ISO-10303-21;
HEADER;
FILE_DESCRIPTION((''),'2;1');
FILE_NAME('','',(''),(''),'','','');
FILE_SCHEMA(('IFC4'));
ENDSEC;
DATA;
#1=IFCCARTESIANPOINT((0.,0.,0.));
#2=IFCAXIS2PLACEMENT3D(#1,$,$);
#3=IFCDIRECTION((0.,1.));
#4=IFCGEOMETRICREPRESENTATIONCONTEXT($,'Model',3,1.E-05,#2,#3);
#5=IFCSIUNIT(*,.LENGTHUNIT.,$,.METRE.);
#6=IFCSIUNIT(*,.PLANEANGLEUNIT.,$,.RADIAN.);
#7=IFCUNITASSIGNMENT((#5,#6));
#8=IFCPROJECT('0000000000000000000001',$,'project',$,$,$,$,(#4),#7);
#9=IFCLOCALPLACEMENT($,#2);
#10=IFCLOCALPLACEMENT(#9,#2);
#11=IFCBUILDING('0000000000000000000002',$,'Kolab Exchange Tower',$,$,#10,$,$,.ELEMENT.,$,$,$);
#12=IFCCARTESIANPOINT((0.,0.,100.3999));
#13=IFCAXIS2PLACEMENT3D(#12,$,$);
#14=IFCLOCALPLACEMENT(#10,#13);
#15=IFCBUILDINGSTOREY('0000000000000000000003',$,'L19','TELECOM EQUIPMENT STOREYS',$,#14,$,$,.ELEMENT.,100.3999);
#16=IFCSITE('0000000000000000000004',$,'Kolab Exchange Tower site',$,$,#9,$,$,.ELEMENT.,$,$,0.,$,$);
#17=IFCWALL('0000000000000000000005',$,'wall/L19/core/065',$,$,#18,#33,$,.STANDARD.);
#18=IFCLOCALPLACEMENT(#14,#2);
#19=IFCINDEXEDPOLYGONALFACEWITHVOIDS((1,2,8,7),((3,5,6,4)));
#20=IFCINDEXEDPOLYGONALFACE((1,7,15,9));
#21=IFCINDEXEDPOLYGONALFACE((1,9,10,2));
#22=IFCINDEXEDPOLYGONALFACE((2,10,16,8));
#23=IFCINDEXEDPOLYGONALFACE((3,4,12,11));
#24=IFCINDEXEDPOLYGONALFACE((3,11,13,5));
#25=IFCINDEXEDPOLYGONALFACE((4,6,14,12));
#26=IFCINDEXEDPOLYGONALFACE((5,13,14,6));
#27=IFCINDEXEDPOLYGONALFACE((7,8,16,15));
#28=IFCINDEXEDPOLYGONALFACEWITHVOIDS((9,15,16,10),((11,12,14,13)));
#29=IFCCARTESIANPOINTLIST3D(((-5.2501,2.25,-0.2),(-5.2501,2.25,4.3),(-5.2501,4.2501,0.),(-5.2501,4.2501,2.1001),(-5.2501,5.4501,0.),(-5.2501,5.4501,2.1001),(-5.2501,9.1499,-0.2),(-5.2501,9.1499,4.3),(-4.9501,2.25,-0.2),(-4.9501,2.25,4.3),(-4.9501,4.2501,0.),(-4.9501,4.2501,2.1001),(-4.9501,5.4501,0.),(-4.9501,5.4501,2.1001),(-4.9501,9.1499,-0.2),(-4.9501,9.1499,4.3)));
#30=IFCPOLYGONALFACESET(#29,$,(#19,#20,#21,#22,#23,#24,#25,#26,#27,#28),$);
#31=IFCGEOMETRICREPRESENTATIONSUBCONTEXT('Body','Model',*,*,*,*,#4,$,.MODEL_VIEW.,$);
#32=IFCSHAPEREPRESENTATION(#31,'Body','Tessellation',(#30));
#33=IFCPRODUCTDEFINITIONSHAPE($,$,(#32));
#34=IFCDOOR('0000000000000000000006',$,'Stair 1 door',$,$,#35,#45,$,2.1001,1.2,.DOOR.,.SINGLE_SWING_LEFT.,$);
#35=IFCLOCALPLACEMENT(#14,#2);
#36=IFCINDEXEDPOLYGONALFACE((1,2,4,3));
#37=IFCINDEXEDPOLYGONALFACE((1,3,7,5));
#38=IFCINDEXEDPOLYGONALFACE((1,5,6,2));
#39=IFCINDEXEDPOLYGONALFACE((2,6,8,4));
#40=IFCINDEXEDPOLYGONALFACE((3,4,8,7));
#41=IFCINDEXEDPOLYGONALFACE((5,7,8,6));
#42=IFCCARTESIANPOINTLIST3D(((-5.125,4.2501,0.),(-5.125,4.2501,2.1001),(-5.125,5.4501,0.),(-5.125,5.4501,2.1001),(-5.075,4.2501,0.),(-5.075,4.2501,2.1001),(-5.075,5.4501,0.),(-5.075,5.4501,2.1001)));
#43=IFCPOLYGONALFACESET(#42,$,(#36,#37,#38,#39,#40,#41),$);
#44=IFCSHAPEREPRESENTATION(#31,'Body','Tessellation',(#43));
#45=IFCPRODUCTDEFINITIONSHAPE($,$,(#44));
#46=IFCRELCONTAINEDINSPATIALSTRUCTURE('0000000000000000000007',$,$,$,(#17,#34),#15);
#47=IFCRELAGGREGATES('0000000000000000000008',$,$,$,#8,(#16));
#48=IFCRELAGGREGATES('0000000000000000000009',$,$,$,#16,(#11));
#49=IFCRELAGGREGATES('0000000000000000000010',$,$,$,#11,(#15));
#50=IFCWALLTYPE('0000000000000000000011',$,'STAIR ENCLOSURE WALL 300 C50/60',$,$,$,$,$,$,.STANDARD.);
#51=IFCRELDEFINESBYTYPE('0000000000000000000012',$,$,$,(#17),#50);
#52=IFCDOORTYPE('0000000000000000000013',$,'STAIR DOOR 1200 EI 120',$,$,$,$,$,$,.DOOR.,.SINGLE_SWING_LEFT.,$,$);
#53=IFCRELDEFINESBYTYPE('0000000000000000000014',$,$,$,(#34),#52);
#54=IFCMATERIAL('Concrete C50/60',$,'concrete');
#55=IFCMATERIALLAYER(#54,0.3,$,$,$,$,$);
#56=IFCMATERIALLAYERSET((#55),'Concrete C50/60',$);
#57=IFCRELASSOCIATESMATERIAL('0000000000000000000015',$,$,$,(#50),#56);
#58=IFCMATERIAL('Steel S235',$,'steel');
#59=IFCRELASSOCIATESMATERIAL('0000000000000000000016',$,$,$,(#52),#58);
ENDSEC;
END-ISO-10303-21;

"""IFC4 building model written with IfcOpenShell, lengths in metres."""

from ifc_helpers import new_model, si_unit, direction, frame, frame_2d, origin, place, context, subcontext, project, spatial, rectangle, extrude, material, layer, layer_set, type_object, element, fill, save


model = new_model("IFC4")

# Units and contexts
model_context = context("Model", 3, precision=1e-05, world=origin(), true_north=direction((0.0, 1.0)))
body_context = subcontext(model_context, "Body", "Model", "MODEL_VIEW")
ifc_project = project(units=[si_unit("LENGTHUNIT", "METRE"), si_unit("PLANEANGLEUNIT", "RADIAN")], contexts=[model_context])

# Site, building, storey
site_placement = place(None, origin())
site = spatial("IfcSite", under=ifc_project, at=site_placement, Name="Kolab Exchange Tower site", CompositionType="ELEMENT", RefElevation=0.0)
building_placement = place(site_placement, origin())
building = spatial("IfcBuilding", under=site, at=building_placement, Name="Kolab Exchange Tower", CompositionType="ELEMENT")
storey_placement = place(building_placement, frame((0.0, 0.0, 100.3999)))
storey = spatial("IfcBuildingStorey", under=building, at=storey_placement, Name="L19", Description="TELECOM EQUIPMENT STOREYS", CompositionType="ELEMENT", Elevation=100.3999)

# Shared definitions
ifc_material_1 = material(Name="Concrete C50/60", Category="concrete")

# Shared definitions
ifc_material_2 = material(Name="Steel S235", Category="steel")

# Shared definitions
ifc_layer_1 = layer(ifc_material_1, 0.3)
ifc_layer_set_1 = layer_set([ifc_layer_1], Name="Concrete C50/60")
wall_type_1 = type_object("IfcWallType", Name="STAIR ENCLOSURE WALL 300 C50/60", PredefinedType="STANDARD", material=ifc_layer_set_1)

# Shared definitions
door_type_1 = type_object("IfcDoorType", Name="STAIR DOOR 1200 EI 120", OperationType="SINGLE_SWING_LEFT", PredefinedType="DOOR", material=ifc_material_2)

# Wall, opening, door
wall_1_placement = place(storey_placement, frame((-5.1001, 2.25, -0.2), z_axis=(0.0, 0.0, 1.0), x_axis=(0.0, 1.0, 0.0)))
wall_1 = element("IfcWall", 1, at=wall_1_placement, inside=storey, type_object=wall_type_1, Name="wall/L19/core/065", PredefinedType="STANDARD", context=body_context, shape_type="SweptSolid", body=[
    extrude(rectangle(XDim=6.8999, YDim=0.3, at=frame_2d((3.45, 0.0))), origin(), (0.0, 0.0, 1.0), 4.5),
])
opening_1_placement = place(wall_1_placement, frame((2.0, 0.0, 0.2)))
opening_1 = element("IfcOpeningElement", 2, at=opening_1_placement, cuts=wall_1, PredefinedType="OPENING", context=body_context, shape_type="SweptSolid", body=[
    extrude(rectangle(XDim=1.2, YDim=2.1001, at=frame_2d((0.6001, 1.05))), frame((0.0, 0.1602, 0.0), z_axis=(0.0, -1.0, 0.0), x_axis=(1.0, 0.0, 0.0)), (0.0, 0.0, 1.0), 0.3201),
])
door_1_placement = place(opening_1_placement, origin())
door_1 = element("IfcDoor", 3, at=door_1_placement, inside=storey, type_object=door_type_1, Name="Stair 1 door", OperationType="SINGLE_SWING_LEFT", OverallHeight=2.1001, OverallWidth=1.2, PredefinedType="DOOR", context=body_context, shape_type="SweptSolid", body=[
    extrude(rectangle(XDim=1.2, YDim=2.1001, at=frame_2d((0.6001, 1.05))), frame((0.0, 0.0249, 0.0), z_axis=(0.0, -1.0, 0.0), x_axis=(1.0, 0.0, 0.0)), (0.0, 0.0, 1.0), 0.05),
])
fill(opening_1, door_1)

save(model, "model.ifc")
